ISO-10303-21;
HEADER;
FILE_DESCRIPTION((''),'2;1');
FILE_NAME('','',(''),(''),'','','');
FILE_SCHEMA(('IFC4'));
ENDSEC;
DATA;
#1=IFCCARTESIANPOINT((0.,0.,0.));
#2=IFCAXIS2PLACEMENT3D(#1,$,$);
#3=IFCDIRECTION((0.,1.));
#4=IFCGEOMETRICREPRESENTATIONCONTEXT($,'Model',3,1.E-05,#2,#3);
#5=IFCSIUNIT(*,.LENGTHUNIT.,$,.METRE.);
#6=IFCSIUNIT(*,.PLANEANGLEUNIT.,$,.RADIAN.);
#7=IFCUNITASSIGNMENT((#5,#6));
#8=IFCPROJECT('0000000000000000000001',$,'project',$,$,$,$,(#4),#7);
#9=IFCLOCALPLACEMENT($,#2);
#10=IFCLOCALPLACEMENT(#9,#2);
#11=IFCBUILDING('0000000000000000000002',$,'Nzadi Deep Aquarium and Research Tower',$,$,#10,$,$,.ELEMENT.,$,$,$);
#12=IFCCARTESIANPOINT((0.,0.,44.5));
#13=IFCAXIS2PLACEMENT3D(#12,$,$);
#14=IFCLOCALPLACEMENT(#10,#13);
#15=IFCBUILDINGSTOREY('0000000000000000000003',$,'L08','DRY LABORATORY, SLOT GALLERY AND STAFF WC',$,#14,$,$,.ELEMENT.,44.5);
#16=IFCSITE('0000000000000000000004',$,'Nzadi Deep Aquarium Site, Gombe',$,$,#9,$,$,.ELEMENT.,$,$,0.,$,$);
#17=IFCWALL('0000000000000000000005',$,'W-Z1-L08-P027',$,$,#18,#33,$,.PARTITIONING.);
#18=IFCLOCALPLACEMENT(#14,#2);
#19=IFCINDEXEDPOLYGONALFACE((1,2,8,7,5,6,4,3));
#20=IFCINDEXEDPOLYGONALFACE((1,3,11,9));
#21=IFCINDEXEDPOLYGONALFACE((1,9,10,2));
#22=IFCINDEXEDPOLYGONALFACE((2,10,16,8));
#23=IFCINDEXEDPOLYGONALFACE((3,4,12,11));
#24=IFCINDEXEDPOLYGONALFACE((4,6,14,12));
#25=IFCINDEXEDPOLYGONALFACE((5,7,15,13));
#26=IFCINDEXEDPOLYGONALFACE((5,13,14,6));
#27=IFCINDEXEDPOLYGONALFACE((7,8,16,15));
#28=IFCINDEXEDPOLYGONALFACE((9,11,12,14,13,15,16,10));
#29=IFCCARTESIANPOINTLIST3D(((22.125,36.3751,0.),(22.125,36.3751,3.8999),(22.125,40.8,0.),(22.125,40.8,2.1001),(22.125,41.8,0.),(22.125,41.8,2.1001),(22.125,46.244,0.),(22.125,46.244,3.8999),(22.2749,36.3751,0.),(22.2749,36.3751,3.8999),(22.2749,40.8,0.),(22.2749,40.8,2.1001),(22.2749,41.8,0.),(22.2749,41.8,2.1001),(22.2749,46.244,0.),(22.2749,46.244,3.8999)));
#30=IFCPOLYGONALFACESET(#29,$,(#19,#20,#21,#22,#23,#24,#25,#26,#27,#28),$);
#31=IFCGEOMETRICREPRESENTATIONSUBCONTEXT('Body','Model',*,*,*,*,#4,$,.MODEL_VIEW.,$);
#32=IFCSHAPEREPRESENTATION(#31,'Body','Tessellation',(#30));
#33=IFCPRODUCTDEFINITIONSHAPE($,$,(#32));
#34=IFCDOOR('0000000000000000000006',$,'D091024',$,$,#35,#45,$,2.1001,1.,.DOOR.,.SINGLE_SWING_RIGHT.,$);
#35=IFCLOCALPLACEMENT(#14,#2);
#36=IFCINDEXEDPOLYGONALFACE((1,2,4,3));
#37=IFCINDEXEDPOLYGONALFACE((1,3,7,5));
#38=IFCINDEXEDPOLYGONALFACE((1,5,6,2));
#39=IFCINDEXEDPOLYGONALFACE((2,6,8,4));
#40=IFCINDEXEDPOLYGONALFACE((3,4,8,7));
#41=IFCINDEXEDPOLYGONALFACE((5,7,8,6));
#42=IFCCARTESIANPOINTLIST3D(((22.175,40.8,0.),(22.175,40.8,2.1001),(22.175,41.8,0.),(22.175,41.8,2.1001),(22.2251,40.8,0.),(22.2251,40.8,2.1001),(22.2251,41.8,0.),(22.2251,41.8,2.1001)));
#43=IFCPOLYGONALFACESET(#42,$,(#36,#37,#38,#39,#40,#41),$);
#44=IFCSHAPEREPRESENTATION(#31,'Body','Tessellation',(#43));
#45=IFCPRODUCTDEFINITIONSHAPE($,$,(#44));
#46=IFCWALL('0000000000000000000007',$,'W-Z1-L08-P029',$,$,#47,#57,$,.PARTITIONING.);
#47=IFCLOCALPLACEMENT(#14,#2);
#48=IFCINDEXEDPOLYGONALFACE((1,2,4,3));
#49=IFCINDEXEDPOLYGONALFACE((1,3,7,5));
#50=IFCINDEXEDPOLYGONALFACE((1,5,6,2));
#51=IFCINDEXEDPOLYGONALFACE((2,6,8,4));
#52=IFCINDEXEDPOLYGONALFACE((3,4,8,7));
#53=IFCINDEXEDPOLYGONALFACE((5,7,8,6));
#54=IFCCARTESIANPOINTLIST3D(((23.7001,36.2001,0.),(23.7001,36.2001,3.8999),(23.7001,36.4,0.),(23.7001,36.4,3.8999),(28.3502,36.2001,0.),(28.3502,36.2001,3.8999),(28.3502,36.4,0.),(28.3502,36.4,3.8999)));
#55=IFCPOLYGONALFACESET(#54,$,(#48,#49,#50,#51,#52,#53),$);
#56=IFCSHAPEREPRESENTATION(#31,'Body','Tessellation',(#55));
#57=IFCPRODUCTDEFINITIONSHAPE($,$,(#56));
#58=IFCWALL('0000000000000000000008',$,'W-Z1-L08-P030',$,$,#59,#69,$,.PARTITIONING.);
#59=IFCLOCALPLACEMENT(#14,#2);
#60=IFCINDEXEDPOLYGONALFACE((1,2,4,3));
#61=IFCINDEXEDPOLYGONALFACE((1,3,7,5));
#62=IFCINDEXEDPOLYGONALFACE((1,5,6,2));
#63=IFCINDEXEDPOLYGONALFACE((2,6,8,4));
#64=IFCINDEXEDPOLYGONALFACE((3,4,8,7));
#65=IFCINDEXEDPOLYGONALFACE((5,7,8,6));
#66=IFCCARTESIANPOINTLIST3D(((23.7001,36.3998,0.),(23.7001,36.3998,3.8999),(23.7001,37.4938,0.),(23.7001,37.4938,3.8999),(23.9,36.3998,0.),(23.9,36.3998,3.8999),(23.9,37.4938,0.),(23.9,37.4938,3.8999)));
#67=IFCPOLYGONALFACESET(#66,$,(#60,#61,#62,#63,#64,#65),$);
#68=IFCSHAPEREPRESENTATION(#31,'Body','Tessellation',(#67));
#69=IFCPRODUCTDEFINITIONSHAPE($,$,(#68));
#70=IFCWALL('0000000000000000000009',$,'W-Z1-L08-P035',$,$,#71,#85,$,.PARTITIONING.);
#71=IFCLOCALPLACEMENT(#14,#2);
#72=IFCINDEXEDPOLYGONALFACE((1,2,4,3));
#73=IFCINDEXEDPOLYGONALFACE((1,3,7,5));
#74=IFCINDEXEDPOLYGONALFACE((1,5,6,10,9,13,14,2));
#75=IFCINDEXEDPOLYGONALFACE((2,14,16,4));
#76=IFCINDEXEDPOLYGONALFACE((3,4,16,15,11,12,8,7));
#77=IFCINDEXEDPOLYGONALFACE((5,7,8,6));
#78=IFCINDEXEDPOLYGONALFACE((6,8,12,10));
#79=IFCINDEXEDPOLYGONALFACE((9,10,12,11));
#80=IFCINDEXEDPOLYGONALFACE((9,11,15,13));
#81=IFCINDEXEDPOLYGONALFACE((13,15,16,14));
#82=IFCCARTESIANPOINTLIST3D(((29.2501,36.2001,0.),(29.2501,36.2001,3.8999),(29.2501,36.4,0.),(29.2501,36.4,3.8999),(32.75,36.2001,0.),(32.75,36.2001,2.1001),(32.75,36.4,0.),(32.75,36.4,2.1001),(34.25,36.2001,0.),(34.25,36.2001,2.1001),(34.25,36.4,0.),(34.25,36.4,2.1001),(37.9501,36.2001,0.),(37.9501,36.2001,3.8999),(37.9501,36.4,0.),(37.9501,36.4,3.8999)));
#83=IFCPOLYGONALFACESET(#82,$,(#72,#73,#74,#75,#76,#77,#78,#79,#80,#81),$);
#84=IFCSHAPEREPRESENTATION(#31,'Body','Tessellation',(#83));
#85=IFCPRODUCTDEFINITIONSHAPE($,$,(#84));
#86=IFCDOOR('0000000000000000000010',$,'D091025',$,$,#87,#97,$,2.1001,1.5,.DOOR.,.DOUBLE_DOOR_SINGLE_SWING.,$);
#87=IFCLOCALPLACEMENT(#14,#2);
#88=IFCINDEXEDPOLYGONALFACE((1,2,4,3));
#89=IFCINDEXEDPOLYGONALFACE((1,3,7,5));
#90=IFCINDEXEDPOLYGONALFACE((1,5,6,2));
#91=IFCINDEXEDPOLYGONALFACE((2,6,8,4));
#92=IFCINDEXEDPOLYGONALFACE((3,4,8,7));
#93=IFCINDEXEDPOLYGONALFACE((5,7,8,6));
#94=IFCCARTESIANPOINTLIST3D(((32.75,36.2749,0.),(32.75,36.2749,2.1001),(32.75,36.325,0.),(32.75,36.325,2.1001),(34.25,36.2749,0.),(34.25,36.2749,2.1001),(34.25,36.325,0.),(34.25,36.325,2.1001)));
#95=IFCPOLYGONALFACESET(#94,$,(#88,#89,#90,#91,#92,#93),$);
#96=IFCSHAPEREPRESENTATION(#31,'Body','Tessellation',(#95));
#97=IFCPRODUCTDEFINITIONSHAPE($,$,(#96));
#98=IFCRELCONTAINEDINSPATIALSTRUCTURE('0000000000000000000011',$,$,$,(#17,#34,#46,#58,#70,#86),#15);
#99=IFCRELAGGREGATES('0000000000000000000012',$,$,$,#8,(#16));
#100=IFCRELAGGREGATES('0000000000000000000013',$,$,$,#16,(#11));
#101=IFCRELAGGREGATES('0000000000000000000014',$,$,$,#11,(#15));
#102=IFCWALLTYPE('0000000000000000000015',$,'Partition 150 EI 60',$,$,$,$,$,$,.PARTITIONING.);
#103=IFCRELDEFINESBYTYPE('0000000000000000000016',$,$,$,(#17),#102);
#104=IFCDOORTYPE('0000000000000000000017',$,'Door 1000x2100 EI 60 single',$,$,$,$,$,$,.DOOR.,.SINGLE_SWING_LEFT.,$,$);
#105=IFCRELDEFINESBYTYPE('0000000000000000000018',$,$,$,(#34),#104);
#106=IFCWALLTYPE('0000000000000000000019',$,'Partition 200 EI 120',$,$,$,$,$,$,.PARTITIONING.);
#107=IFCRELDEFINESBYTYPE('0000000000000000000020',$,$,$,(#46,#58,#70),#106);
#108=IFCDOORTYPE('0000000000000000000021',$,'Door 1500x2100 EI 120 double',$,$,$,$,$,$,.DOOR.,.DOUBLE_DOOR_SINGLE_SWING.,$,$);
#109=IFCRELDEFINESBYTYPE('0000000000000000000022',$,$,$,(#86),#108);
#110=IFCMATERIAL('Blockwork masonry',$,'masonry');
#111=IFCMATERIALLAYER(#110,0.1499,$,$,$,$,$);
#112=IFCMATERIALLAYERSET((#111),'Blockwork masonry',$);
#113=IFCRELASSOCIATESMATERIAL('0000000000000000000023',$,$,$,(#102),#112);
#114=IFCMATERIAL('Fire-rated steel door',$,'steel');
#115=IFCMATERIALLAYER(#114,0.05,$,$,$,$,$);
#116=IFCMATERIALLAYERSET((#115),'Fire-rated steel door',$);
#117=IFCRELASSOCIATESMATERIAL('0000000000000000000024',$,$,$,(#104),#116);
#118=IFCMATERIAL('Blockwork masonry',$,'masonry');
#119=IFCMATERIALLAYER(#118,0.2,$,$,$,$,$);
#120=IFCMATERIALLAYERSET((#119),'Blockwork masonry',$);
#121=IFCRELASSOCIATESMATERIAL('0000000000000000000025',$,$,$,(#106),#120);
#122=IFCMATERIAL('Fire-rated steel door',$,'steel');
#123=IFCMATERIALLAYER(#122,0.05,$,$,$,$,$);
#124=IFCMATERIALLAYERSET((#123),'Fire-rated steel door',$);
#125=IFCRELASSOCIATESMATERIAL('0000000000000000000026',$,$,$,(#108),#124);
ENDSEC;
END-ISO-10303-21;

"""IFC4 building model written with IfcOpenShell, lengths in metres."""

from ifc_helpers import new_model, si_unit, direction, frame, frame_2d, origin, place, context, subcontext, project, spatial, rectangle, extrude, material, layer, layer_set, type_object, element, fill, save


model = new_model("IFC4")

# Units and contexts
model_context = context("Model", 3, precision=1e-05, world=origin(), true_north=direction((0.0, 1.0)))
body_context = subcontext(model_context, "Body", "Model", "MODEL_VIEW")
ifc_project = project(units=[si_unit("LENGTHUNIT", "METRE"), si_unit("PLANEANGLEUNIT", "RADIAN")], contexts=[model_context])

# Site, building, storey
site_placement = place(None, origin())
site = spatial("IfcSite", under=ifc_project, at=site_placement, Name="Nzadi Deep Aquarium Site, Gombe", CompositionType="ELEMENT", RefElevation=0.0)
building_placement = place(site_placement, origin())
building = spatial("IfcBuilding", under=site, at=building_placement, Name="Nzadi Deep Aquarium and Research Tower", CompositionType="ELEMENT")
storey_placement = place(building_placement, frame((0.0, 0.0, 44.5)))
storey = spatial("IfcBuildingStorey", under=building, at=storey_placement, Name="L08", Description="DRY LABORATORY, SLOT GALLERY AND STAFF WC", CompositionType="ELEMENT", Elevation=44.5)

# Wall, opening, door
ifc_material_1 = material(Name="Blockwork masonry", Category="masonry")
ifc_layer_1 = layer(ifc_material_1, 0.1499)
ifc_layer_set_1 = layer_set([ifc_layer_1], Name="Blockwork masonry")
wall_type_1 = type_object("IfcWallType", Name="Partition 150 EI 60", PredefinedType="PARTITIONING", material=ifc_layer_set_1)
wall_1_placement = place(storey_placement, frame((22.2, 36.375, 0.0), z_axis=(0.0, 0.0, 1.0), x_axis=(0.0, 1.0, 0.0)))
wall_1 = element("IfcWall", 1, at=wall_1_placement, inside=storey, type_object=wall_type_1, Name="W-Z1-L08-P027", PredefinedType="PARTITIONING", context=body_context, shape_type="SweptSolid", body=[
    extrude(rectangle(XDim=9.8689, YDim=0.1499, at=frame_2d((4.9346, 0.0))), origin(), (0.0, 0.0, 1.0), 3.8999),
])
opening_1_placement = place(wall_1_placement, frame((4.425, 0.0, 0.0)))
opening_1 = element("IfcOpeningElement", 2, at=opening_1_placement, cuts=wall_1, PredefinedType="OPENING", context=body_context, shape_type="SweptSolid", body=[
    extrude(rectangle(XDim=1.0, YDim=2.1001, at=frame_2d((0.5, 1.05))), frame((0.0, 0.085, 0.0), z_axis=(0.0, -1.0, 0.0), x_axis=(1.0, 0.0, 0.0)), (0.0, 0.0, 1.0), 0.1699),
])
ifc_material_2 = material(Name="Fire-rated steel door", Category="steel")
ifc_layer_2 = layer(ifc_material_2, 0.05)
ifc_layer_set_2 = layer_set([ifc_layer_2], Name="Fire-rated steel door")
door_type_1 = type_object("IfcDoorType", Name="Door 1000x2100 EI 60 single", OperationType="SINGLE_SWING_LEFT", PredefinedType="DOOR", material=ifc_layer_set_2)
door_1_placement = place(opening_1_placement, origin())
door_1 = element("IfcDoor", 3, at=door_1_placement, inside=storey, type_object=door_type_1, Name="D091024", OperationType="SINGLE_SWING_RIGHT", OverallHeight=2.1001, OverallWidth=1.0, PredefinedType="DOOR", context=body_context, shape_type="SweptSolid", body=[
    extrude(rectangle(XDim=1.0, YDim=2.1001, at=frame_2d((0.5, 1.05))), frame((0.0, 0.0249, 0.0), z_axis=(0.0, -1.0, 0.0), x_axis=(1.0, 0.0, 0.0)), (0.0, 0.0, 1.0), 0.05),
])
fill(opening_1, door_1)

# Walls
ifc_material_3 = material(Name="Blockwork masonry", Category="masonry")
ifc_layer_3 = layer(ifc_material_3, 0.2)
ifc_layer_set_3 = layer_set([ifc_layer_3], Name="Blockwork masonry")
wall_type_2 = type_object("IfcWallType", Name="Partition 200 EI 120", PredefinedType="PARTITIONING", material=ifc_layer_set_3)
wall_2_placement = place(storey_placement, frame((23.7, 36.3, 0.0), z_axis=(0.0, 0.0, 1.0), x_axis=(1.0, 0.0, 0.0)))
element("IfcWall", 4, at=wall_2_placement, inside=storey, type_object=wall_type_2, Name="W-Z1-L08-P029", PredefinedType="PARTITIONING", context=body_context, shape_type="SweptSolid", body=[
    extrude(rectangle(XDim=4.6501, YDim=0.2, at=frame_2d((2.3252, 0.0))), origin(), (0.0, 0.0, 1.0), 3.8999),
])
wall_3_placement = place(storey_placement, frame((23.8, 36.3999, 0.0), z_axis=(0.0, 0.0, 1.0), x_axis=(0.0, 1.0, 0.0)))
element("IfcWall", 5, at=wall_3_placement, inside=storey, type_object=wall_type_2, Name="W-Z1-L08-P030", PredefinedType="PARTITIONING", context=body_context, shape_type="SweptSolid", body=[
    extrude(rectangle(XDim=1.094, YDim=0.2, at=frame_2d((0.5469, 0.0))), origin(), (0.0, 0.0, 1.0), 3.8999),
])

# Wall, opening, door
wall_4_placement = place(storey_placement, frame((29.25, 36.3, 0.0), z_axis=(0.0, 0.0, 1.0), x_axis=(1.0, 0.0, 0.0)))
wall_4 = element("IfcWall", 6, at=wall_4_placement, inside=storey, type_object=wall_type_2, Name="W-Z1-L08-P035", PredefinedType="PARTITIONING", context=body_context, shape_type="SweptSolid", body=[
    extrude(rectangle(XDim=8.7, YDim=0.2, at=frame_2d((4.3501, 0.0))), origin(), (0.0, 0.0, 1.0), 3.8999),
])
opening_2_placement = place(wall_4_placement, frame((3.5, 0.0, 0.0)))
opening_2 = element("IfcOpeningElement", 7, at=opening_2_placement, cuts=wall_4, PredefinedType="OPENING", context=body_context, shape_type="SweptSolid", body=[
    extrude(rectangle(XDim=1.5, YDim=2.1001, at=frame_2d((0.75, 1.05))), frame((0.0, 0.1101, 0.0), z_axis=(0.0, -1.0, 0.0), x_axis=(1.0, 0.0, 0.0)), (0.0, 0.0, 1.0), 0.2202),
])
ifc_material_4 = material(Name="Fire-rated steel door", Category="steel")
ifc_layer_4 = layer(ifc_material_4, 0.05)
ifc_layer_set_4 = layer_set([ifc_layer_4], Name="Fire-rated steel door")
door_type_2 = type_object("IfcDoorType", Name="Door 1500x2100 EI 120 double", OperationType="DOUBLE_DOOR_SINGLE_SWING", PredefinedType="DOOR", material=ifc_layer_set_4)
door_2_placement = place(opening_2_placement, origin())
door_2 = element("IfcDoor", 8, at=door_2_placement, inside=storey, type_object=door_type_2, Name="D091025", OperationType="DOUBLE_DOOR_SINGLE_SWING", OverallHeight=2.1001, OverallWidth=1.5, PredefinedType="DOOR", context=body_context, shape_type="SweptSolid", body=[
    extrude(rectangle(XDim=1.5, YDim=2.1001, at=frame_2d((0.75, 1.05))), frame((0.0, 0.0249, 0.0), z_axis=(0.0, -1.0, 0.0), x_axis=(1.0, 0.0, 0.0)), (0.0, 0.0, 1.0), 0.05),
])
fill(opening_2, door_2)

save(model, "model.ifc")
